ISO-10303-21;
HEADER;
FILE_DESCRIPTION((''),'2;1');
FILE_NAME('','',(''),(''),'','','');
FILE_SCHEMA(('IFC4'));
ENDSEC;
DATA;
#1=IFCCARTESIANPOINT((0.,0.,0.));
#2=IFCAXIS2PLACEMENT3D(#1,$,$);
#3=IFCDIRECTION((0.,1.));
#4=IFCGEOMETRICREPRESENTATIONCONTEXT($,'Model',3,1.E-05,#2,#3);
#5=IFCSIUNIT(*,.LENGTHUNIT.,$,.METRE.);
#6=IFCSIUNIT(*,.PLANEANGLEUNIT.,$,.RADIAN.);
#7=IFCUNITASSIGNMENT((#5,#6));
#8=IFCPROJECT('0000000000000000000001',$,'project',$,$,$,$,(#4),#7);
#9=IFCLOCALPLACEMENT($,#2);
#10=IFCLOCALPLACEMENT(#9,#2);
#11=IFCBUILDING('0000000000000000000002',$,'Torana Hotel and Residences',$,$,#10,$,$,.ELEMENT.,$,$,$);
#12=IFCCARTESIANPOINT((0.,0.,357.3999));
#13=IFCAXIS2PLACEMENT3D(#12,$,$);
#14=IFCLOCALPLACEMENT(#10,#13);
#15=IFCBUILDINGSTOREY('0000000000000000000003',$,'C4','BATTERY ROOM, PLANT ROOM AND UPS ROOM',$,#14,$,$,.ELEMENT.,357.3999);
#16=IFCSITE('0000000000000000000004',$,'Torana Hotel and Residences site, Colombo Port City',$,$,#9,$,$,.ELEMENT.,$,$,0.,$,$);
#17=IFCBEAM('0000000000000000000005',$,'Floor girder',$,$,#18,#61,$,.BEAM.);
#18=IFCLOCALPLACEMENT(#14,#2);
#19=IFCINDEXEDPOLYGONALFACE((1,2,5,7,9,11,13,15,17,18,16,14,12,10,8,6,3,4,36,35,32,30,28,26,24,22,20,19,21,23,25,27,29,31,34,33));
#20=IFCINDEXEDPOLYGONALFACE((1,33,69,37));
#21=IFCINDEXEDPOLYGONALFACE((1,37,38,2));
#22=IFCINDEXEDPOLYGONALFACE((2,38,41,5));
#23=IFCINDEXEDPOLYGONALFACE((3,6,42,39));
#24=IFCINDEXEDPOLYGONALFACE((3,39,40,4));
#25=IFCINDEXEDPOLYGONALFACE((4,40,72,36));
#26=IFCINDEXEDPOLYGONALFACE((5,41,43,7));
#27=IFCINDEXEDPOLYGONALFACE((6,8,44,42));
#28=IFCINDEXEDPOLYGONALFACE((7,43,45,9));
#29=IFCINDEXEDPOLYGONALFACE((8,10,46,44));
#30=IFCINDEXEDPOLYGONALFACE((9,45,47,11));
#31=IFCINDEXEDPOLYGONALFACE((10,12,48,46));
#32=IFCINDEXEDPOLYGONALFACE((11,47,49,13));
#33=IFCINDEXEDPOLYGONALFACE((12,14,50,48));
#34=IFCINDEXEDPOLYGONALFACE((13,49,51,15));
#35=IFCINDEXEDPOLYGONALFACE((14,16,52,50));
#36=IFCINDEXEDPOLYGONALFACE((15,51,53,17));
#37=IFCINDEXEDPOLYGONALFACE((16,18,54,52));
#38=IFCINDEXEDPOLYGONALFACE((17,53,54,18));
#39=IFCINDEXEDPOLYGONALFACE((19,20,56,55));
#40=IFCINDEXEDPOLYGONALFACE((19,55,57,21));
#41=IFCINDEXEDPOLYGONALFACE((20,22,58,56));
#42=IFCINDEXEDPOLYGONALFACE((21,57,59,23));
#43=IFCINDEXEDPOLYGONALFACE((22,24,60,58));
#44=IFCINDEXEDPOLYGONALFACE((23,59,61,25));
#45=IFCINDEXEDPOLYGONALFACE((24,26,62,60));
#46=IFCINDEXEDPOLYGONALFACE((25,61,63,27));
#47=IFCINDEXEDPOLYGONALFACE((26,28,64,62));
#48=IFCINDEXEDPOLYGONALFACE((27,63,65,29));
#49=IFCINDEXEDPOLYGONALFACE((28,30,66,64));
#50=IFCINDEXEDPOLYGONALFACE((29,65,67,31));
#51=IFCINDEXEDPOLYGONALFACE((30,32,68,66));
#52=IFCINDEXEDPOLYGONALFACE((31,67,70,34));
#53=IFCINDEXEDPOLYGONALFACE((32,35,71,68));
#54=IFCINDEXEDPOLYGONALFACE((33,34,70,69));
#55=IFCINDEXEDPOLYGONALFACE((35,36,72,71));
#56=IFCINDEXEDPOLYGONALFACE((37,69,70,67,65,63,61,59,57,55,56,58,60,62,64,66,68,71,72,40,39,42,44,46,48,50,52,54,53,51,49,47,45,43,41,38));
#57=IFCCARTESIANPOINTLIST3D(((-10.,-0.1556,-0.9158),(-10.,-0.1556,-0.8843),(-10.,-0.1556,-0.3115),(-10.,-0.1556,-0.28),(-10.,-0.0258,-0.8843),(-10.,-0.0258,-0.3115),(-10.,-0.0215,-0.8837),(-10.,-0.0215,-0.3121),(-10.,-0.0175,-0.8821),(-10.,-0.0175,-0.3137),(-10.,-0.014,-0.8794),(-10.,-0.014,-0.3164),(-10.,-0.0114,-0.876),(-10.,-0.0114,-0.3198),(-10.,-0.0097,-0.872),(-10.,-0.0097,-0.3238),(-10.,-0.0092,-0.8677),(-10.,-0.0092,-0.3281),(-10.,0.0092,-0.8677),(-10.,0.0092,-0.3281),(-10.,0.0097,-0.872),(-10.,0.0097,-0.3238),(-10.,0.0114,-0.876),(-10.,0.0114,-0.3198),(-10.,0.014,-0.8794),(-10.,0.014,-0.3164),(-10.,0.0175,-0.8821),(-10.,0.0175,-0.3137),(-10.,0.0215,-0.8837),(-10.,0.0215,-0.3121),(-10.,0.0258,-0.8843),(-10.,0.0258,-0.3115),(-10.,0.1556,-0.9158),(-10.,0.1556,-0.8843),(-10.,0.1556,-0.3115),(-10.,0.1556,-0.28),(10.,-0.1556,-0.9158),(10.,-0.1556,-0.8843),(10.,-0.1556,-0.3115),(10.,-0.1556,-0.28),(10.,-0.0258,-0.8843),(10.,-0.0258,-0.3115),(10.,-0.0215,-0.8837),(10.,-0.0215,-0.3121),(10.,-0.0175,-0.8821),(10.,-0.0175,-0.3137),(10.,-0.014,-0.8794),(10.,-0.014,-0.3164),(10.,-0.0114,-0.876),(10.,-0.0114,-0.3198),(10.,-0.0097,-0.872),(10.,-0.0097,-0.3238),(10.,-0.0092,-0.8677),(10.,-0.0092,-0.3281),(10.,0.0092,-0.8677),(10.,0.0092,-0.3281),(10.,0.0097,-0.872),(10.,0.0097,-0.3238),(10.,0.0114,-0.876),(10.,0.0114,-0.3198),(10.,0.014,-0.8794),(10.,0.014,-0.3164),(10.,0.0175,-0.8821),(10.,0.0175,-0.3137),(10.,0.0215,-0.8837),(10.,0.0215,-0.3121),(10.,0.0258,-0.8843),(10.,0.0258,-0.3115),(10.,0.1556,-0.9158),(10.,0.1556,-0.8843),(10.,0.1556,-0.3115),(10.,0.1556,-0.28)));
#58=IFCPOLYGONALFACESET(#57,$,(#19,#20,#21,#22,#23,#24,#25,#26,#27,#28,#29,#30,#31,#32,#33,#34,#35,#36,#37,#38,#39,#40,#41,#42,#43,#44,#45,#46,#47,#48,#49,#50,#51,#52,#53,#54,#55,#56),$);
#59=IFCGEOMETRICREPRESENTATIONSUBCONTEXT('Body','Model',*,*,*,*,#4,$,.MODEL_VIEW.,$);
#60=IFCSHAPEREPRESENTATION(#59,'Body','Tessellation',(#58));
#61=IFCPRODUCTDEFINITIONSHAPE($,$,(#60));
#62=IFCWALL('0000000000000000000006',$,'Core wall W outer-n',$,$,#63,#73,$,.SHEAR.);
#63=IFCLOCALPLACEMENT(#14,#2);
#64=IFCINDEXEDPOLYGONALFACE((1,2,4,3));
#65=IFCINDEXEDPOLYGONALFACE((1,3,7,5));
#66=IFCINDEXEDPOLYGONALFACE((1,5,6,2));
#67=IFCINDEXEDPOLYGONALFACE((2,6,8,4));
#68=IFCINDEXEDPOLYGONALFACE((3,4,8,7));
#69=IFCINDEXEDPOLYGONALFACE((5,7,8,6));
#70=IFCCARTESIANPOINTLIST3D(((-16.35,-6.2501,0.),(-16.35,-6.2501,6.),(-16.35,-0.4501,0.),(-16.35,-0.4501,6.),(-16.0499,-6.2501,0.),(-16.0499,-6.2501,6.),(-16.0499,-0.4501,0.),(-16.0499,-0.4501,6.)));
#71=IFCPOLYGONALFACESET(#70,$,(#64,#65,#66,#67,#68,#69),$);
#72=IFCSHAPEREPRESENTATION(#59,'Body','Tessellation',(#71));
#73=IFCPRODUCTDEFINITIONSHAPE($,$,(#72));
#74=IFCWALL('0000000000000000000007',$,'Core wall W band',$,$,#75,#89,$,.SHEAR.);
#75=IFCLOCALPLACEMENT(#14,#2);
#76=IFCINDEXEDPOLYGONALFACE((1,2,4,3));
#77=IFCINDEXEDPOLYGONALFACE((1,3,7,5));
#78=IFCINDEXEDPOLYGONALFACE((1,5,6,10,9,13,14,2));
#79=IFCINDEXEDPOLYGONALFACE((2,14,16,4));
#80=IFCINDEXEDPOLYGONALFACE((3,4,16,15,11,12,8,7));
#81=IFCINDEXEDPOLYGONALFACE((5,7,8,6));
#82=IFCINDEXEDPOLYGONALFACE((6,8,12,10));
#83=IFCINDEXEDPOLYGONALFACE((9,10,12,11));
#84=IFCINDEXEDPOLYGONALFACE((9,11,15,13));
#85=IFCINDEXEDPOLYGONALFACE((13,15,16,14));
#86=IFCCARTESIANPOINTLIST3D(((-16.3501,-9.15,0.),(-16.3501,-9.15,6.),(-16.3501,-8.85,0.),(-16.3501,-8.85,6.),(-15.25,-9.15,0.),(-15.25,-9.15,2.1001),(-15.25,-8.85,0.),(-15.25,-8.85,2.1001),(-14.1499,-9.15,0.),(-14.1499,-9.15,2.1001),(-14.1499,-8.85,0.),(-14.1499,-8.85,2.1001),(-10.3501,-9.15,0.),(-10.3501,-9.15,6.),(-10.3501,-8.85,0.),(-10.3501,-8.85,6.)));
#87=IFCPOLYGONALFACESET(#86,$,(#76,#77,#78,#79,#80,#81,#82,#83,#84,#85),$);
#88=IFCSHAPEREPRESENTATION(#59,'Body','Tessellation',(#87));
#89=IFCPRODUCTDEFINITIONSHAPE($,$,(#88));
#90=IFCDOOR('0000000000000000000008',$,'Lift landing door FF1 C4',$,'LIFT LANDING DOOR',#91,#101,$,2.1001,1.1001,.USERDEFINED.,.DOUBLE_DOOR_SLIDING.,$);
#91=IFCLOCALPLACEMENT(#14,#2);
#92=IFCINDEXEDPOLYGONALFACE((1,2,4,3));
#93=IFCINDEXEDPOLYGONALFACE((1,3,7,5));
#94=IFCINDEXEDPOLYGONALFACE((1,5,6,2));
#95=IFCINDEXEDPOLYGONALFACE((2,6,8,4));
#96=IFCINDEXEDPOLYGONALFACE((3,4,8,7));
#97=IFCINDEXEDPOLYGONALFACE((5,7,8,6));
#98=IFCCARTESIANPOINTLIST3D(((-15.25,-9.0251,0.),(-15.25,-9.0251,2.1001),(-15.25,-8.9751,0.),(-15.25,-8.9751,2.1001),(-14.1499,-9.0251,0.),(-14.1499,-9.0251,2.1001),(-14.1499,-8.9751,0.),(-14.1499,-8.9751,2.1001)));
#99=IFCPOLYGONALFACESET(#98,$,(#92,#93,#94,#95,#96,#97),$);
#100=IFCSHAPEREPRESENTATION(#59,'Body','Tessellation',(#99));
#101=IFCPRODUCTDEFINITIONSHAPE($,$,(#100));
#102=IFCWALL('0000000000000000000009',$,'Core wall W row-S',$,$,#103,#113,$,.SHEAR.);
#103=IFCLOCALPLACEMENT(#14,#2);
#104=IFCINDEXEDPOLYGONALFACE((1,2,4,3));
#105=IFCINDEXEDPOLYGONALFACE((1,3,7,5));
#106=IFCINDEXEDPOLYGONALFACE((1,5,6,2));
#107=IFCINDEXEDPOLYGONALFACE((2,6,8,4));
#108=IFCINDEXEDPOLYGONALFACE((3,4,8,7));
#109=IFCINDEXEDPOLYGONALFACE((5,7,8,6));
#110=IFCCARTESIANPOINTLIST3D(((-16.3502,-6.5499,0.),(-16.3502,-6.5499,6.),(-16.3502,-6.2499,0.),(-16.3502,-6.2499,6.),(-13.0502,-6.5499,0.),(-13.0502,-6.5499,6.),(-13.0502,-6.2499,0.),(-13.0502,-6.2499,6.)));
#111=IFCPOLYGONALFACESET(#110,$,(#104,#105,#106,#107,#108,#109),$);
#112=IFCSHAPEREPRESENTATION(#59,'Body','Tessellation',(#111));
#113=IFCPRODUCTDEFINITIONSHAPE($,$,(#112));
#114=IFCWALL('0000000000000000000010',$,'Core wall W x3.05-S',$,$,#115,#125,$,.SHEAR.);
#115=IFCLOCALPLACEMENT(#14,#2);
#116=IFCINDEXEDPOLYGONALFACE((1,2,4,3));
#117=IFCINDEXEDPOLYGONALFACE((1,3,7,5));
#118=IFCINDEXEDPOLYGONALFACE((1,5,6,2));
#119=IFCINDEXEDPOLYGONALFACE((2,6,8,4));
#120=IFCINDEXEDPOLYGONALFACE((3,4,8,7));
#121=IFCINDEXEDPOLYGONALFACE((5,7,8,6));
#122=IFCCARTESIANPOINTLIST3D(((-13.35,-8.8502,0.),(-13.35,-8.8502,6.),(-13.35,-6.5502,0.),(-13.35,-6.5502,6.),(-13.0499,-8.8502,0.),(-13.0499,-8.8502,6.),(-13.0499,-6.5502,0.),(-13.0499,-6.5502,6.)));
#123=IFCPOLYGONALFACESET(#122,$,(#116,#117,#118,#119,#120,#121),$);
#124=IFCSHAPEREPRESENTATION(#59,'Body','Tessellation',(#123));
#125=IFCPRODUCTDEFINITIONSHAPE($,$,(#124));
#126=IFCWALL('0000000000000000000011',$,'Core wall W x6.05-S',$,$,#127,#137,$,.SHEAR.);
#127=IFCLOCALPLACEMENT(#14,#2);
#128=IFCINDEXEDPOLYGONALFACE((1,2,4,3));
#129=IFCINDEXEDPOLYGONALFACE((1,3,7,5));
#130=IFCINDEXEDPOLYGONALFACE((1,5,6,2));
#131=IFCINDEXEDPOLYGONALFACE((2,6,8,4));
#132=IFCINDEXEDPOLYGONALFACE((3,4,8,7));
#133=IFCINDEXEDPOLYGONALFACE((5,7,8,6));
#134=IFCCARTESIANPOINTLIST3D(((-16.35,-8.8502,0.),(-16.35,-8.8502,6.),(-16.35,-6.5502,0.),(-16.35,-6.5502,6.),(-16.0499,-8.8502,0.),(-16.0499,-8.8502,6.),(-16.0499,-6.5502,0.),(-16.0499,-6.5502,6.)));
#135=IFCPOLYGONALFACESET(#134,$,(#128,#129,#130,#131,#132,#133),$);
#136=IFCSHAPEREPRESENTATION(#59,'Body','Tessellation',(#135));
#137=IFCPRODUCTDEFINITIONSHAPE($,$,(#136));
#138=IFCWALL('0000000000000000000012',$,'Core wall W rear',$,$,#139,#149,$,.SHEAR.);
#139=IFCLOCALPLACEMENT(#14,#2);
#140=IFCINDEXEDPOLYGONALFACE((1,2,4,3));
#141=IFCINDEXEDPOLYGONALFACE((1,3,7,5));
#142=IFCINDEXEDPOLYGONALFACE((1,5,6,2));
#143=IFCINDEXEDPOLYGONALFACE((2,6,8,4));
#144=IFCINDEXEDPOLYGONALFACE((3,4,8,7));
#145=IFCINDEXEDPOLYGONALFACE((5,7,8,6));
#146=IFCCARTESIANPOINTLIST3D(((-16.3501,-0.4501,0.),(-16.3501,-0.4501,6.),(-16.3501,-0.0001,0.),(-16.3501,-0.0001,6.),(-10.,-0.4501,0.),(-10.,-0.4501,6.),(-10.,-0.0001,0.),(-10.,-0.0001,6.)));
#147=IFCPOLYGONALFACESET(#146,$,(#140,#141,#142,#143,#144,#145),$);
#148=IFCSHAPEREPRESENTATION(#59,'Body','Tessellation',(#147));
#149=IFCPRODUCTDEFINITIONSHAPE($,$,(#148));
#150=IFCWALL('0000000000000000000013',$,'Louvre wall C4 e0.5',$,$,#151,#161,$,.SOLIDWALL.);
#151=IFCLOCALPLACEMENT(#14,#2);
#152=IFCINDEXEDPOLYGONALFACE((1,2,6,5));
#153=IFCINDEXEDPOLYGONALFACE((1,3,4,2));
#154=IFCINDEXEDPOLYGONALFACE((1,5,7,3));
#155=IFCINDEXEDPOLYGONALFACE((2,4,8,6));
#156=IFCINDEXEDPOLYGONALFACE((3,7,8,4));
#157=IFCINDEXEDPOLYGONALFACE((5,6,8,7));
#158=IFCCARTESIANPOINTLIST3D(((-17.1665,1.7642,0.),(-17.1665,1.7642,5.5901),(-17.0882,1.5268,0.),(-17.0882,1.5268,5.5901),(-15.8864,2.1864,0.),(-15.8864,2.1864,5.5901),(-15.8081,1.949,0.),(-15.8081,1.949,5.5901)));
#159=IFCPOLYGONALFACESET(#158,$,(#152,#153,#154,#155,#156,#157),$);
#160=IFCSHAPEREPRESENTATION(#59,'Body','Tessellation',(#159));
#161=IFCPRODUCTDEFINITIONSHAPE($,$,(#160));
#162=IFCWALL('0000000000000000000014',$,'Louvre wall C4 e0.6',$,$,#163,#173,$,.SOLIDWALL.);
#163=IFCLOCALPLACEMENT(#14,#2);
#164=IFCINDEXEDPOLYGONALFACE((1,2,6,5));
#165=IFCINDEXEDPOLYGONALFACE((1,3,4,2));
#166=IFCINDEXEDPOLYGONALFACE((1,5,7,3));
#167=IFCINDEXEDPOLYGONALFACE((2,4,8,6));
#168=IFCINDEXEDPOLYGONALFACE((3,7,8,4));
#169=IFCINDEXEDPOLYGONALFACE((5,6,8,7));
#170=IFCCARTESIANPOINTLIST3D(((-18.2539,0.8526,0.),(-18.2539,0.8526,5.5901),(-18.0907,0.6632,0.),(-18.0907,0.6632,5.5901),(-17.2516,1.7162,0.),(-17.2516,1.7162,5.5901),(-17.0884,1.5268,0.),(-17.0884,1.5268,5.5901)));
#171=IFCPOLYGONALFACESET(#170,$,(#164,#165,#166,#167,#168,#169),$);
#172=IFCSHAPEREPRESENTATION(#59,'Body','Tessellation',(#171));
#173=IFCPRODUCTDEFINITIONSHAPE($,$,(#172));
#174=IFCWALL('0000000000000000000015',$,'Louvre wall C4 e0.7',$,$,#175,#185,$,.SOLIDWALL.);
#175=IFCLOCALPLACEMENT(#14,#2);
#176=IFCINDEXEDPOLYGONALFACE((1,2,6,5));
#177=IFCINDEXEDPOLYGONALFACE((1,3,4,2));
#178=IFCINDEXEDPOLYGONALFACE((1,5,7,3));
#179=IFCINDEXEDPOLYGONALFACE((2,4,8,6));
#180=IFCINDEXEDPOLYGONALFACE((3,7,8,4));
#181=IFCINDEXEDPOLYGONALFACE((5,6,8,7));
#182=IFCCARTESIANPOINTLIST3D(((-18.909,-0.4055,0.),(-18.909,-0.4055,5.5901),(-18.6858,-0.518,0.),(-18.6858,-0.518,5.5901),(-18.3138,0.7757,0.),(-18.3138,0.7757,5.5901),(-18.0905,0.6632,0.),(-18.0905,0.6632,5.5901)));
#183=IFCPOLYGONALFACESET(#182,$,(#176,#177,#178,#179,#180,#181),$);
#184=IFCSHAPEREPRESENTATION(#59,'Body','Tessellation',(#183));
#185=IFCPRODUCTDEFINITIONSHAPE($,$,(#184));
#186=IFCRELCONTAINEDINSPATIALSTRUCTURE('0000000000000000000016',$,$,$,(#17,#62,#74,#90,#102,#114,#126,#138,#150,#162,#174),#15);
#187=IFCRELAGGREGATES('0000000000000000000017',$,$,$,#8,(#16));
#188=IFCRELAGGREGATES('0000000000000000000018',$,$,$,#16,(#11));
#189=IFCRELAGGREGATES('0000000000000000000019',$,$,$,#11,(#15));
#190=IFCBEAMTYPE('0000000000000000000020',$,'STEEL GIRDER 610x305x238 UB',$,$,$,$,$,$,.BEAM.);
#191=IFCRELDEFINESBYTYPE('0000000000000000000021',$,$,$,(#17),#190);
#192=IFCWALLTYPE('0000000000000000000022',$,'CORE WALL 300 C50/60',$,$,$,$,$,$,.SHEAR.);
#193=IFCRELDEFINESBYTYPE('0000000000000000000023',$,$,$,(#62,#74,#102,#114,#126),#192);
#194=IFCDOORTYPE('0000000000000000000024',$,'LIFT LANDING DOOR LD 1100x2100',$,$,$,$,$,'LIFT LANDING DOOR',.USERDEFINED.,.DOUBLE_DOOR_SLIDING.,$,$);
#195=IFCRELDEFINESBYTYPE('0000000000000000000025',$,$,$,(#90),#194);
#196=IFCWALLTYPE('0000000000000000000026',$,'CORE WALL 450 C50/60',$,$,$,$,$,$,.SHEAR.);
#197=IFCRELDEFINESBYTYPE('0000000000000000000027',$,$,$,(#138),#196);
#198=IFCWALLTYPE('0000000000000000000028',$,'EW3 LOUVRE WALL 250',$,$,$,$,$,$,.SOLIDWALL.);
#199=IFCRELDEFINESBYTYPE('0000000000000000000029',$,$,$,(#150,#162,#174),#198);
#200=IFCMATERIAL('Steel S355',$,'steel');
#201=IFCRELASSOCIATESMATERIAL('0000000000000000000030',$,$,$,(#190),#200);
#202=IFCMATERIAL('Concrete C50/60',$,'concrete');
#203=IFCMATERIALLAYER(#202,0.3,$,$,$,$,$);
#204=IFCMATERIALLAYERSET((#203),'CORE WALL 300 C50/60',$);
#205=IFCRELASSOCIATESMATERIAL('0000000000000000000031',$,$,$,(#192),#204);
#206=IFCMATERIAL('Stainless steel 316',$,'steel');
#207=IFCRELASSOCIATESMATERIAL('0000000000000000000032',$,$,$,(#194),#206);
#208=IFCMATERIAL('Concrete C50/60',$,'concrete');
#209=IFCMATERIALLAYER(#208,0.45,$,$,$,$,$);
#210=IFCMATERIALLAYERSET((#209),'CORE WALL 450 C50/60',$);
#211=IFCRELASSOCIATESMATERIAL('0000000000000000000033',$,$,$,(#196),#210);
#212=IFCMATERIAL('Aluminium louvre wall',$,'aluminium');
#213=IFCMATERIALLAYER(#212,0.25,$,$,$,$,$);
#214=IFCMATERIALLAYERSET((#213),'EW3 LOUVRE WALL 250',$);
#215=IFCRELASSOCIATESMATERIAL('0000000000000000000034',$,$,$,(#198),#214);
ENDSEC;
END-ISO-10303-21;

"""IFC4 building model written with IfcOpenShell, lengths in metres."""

from ifc_helpers import new_model, si_unit, direction, frame, frame_2d, origin, origin_2d, place, context, subcontext, project, spatial, rectangle, i_section, extrude, material, layer, layer_set, material_profile, profile_set, type_object, element, fill, save


model = new_model("IFC4")

# Units and contexts
model_context = context("Model", 3, precision=1e-05, world=origin(), true_north=direction((0.0, 1.0)))
body_context = subcontext(model_context, "Body", "Model", "MODEL_VIEW")
ifc_project = project(units=[si_unit("LENGTHUNIT", "METRE"), si_unit("PLANEANGLEUNIT", "RADIAN")], contexts=[model_context])

# Site, building, storey
site_placement = place(None, origin())
site = spatial("IfcSite", under=ifc_project, at=site_placement, Name="Torana Hotel and Residences site, Colombo Port City", CompositionType="ELEMENT", RefElevation=0.0)
building_placement = place(site_placement, origin())
building = spatial("IfcBuilding", under=site, at=building_placement, Name="Torana Hotel and Residences", CompositionType="ELEMENT")
storey_placement = place(building_placement, frame((0.0, 0.0, 357.3999)))
storey = spatial("IfcBuildingStorey", under=building, at=storey_placement, Name="C4", Description="BATTERY ROOM, PLANT ROOM AND UPS ROOM", CompositionType="ELEMENT", Elevation=357.3999)

# Beam
ifc_material_1 = material(Name="Steel S355", Category="steel")
ifc_material_profile = material_profile(ifc_material_1, i_section(OverallWidth=0.3113, OverallDepth=0.6357, WebThickness=0.0183, FlangeThickness=0.0315, FilletRadius=0.0166, at=origin_2d()), Name="610x305x238 UB")
ifc_profile_set = profile_set([ifc_material_profile], Name="Steel S355")
beam_type = type_object("IfcBeamType", Name="STEEL GIRDER 610x305x238 UB", PredefinedType="BEAM", material=ifc_profile_set)
for number, where, z_axis, x_axis, name in (
    (1, (-10.0, 0.0, -0.5979), (1.0, 0.0, 0.0), (0.0, 1.0, 0.0), "Floor girder"),
):
    element("IfcBeam", number, at=place(storey_placement, frame(where, z_axis=z_axis, x_axis=x_axis)), inside=storey, type_object=beam_type, Name=name, PredefinedType="BEAM", context=body_context, shape_type="SweptSolid", body=[
        extrude(i_section(OverallWidth=0.3113, OverallDepth=0.6357, WebThickness=0.0183, FlangeThickness=0.0315, FilletRadius=0.0166, at=origin_2d()), origin(), (0.0, 0.0, 1.0), 20.0),
    ])

# Wall
ifc_material_2 = material(Name="Concrete C50/60", Category="concrete")
ifc_layer_1 = layer(ifc_material_2, 0.3)
ifc_layer_set_1 = layer_set([ifc_layer_1], Name="CORE WALL 300 C50/60")
wall_type_1 = type_object("IfcWallType", Name="CORE WALL 300 C50/60", PredefinedType="SHEAR", material=ifc_layer_set_1)
wall_1_placement = place(storey_placement, frame((-16.2, -6.25, 0.0), z_axis=(0.0, 0.0, 1.0), x_axis=(0.0, 1.0, 0.0)))
element("IfcWall", 2, at=wall_1_placement, inside=storey, type_object=wall_type_1, Name="Core wall W outer-n", PredefinedType="SHEAR", context=body_context, shape_type="SweptSolid", body=[
    extrude(rectangle(XDim=5.8, YDim=0.3, at=frame_2d((2.8999, 0.0))), origin(), (0.0, 0.0, 1.0), 6.0),
])

# Wall, opening, door
wall_2_placement = place(storey_placement, frame((-16.3501, -9.0, 0.0), z_axis=(0.0, 0.0, 1.0), x_axis=(1.0, 0.0, 0.0)))
wall_2 = element("IfcWall", 3, at=wall_2_placement, inside=storey, type_object=wall_type_1, Name="Core wall W band", PredefinedType="SHEAR", context=body_context, shape_type="SweptSolid", body=[
    extrude(rectangle(XDim=6.0, YDim=0.3, at=frame_2d((3.0, 0.0))), origin(), (0.0, 0.0, 1.0), 6.0),
])
opening_1_placement = place(wall_2_placement, frame((1.1001, 0.0, 0.0)))
opening_1 = element("IfcOpeningElement", 4, at=opening_1_placement, cuts=wall_2, PredefinedType="OPENING", context=body_context, shape_type="SweptSolid", body=[
    extrude(rectangle(XDim=1.1001, YDim=2.1001, at=frame_2d((0.55, 1.05))), frame((0.0, 0.1599, 0.0), z_axis=(0.0, -1.0, 0.0), x_axis=(1.0, 0.0, 0.0)), (0.0, 0.0, 1.0), 0.3201),
])
ifc_material_3 = material(Name="Stainless steel 316", Category="steel")
door_type_1 = type_object("IfcDoorType", Name="LIFT LANDING DOOR LD 1100x2100", ElementType="LIFT LANDING DOOR", OperationType="DOUBLE_DOOR_SLIDING", PredefinedType="USERDEFINED", material=ifc_material_3)
door_1_placement = place(opening_1_placement, origin())
door_1 = element("IfcDoor", 5, at=door_1_placement, inside=storey, type_object=door_type_1, Name="Lift landing door FF1 C4", ObjectType="LIFT LANDING DOOR", OperationType="DOUBLE_DOOR_SLIDING", OverallHeight=2.1001, OverallWidth=1.1001, PredefinedType="USERDEFINED", context=body_context, shape_type="SweptSolid", body=[
    extrude(rectangle(XDim=1.1001, YDim=2.1001, at=frame_2d((0.55, 1.05))), frame((0.0, 0.0249, 0.0), z_axis=(0.0, -1.0, 0.0), x_axis=(1.0, 0.0, 0.0)), (0.0, 0.0, 1.0), 0.05),
])
fill(opening_1, door_1)

# Walls
wall_3_placement = place(storey_placement, frame((-16.3501, -6.3999, 0.0), z_axis=(0.0, 0.0, 1.0), x_axis=(1.0, 0.0, 0.0)))
element("IfcWall", 6, at=wall_3_placement, inside=storey, type_object=wall_type_1, Name="Core wall W row-S", PredefinedType="SHEAR", context=body_context, shape_type="SweptSolid", body=[
    extrude(rectangle(XDim=3.3, YDim=0.3, at=frame_2d((1.6499, 0.0))), origin(), (0.0, 0.0, 1.0), 6.0),
])
for number, where, z_axis, x_axis, name in (
    (7, (-13.2, -8.8501, 0.0), (0.0, 0.0, 1.0), (0.0, 1.0, 0.0), "Core wall W x3.05-S"),
    (8, (-16.2, -8.8501, 0.0), (0.0, 0.0, 1.0), (0.0, 1.0, 0.0), "Core wall W x6.05-S"),
):
    element("IfcWall", number, at=place(storey_placement, frame(where, z_axis=z_axis, x_axis=x_axis)), inside=storey, type_object=wall_type_1, Name=name, PredefinedType="SHEAR", context=body_context, shape_type="SweptSolid", body=[
        extrude(rectangle(XDim=2.3, YDim=0.3, at=frame_2d((1.1499, 0.0))), origin(), (0.0, 0.0, 1.0), 6.0),
    ])
ifc_material_4 = material(Name="Concrete C50/60", Category="concrete")
ifc_layer_2 = layer(ifc_material_4, 0.45)
ifc_layer_set_2 = layer_set([ifc_layer_2], Name="CORE WALL 450 C50/60")
wall_type_2 = type_object("IfcWallType", Name="CORE WALL 450 C50/60", PredefinedType="SHEAR", material=ifc_layer_set_2)
wall_4_placement = place(storey_placement, frame((-16.3501, -0.2251, 0.0), z_axis=(0.0, 0.0, 1.0), x_axis=(1.0, 0.0, 0.0)))
element("IfcWall", 9, at=wall_4_placement, inside=storey, type_object=wall_type_2, Name="Core wall W rear", PredefinedType="SHEAR", context=body_context, shape_type="SweptSolid", body=[
    extrude(rectangle(XDim=6.3501, YDim=0.45, at=frame_2d((3.175, 0.0))), origin(), (0.0, 0.0, 1.0), 6.0),
])
ifc_material_5 = material(Name="Aluminium louvre wall", Category="aluminium")
ifc_layer_3 = layer(ifc_material_5, 0.25)
ifc_layer_set_3 = layer_set([ifc_layer_3], Name="EW3 LOUVRE WALL 250")
wall_type_3 = type_object("IfcWallType", Name="EW3 LOUVRE WALL 250", PredefinedType="SOLIDWALL", material=ifc_layer_set_3)
wall_5_placement = place(storey_placement, frame((-15.8474, 2.0676, 0.0), z_axis=(0.0, 0.0, 1.0), x_axis=(-0.949693, -0.313183, 0.0)))
element("IfcWall", 10, at=wall_5_placement, inside=storey, type_object=wall_type_3, Name="Louvre wall C4 e0.5", PredefinedType="SOLIDWALL", context=body_context, shape_type="SweptSolid", body=[
    extrude(rectangle(XDim=1.3479, YDim=0.25, at=frame_2d((0.6738, 0.0))), origin(), (0.0, 0.0, 1.0), 5.5901),
])
wall_6_placement = place(storey_placement, frame((-17.1699, 1.6216, 0.0), z_axis=(0.0, 0.0, 1.0), x_axis=(-0.757574, -0.65275, 0.0)))
element("IfcWall", 11, at=wall_6_placement, inside=storey, type_object=wall_type_3, Name="Louvre wall C4 e0.6", PredefinedType="SOLIDWALL", context=body_context, shape_type="SweptSolid", body=[
    extrude(rectangle(XDim=1.323, YDim=0.25, at=frame_2d((0.6616, 0.0))), origin(), (0.0, 0.0, 1.0), 5.5901),
])
wall_7_placement = place(storey_placement, frame((-18.2021, 0.7195, 0.0), z_axis=(0.0, 0.0, 1.0), x_axis=(-0.450017, -0.89302, 0.0)))
element("IfcWall", 12, at=wall_7_placement, inside=storey, type_object=wall_type_3, Name="Louvre wall C4 e0.7", PredefinedType="SOLIDWALL", context=body_context, shape_type="SweptSolid", body=[
    extrude(rectangle(XDim=1.3228, YDim=0.25, at=frame_2d((0.6614, 0.0))), origin(), (0.0, 0.0, 1.0), 5.5901),
])

save(model, "model.ifc")
